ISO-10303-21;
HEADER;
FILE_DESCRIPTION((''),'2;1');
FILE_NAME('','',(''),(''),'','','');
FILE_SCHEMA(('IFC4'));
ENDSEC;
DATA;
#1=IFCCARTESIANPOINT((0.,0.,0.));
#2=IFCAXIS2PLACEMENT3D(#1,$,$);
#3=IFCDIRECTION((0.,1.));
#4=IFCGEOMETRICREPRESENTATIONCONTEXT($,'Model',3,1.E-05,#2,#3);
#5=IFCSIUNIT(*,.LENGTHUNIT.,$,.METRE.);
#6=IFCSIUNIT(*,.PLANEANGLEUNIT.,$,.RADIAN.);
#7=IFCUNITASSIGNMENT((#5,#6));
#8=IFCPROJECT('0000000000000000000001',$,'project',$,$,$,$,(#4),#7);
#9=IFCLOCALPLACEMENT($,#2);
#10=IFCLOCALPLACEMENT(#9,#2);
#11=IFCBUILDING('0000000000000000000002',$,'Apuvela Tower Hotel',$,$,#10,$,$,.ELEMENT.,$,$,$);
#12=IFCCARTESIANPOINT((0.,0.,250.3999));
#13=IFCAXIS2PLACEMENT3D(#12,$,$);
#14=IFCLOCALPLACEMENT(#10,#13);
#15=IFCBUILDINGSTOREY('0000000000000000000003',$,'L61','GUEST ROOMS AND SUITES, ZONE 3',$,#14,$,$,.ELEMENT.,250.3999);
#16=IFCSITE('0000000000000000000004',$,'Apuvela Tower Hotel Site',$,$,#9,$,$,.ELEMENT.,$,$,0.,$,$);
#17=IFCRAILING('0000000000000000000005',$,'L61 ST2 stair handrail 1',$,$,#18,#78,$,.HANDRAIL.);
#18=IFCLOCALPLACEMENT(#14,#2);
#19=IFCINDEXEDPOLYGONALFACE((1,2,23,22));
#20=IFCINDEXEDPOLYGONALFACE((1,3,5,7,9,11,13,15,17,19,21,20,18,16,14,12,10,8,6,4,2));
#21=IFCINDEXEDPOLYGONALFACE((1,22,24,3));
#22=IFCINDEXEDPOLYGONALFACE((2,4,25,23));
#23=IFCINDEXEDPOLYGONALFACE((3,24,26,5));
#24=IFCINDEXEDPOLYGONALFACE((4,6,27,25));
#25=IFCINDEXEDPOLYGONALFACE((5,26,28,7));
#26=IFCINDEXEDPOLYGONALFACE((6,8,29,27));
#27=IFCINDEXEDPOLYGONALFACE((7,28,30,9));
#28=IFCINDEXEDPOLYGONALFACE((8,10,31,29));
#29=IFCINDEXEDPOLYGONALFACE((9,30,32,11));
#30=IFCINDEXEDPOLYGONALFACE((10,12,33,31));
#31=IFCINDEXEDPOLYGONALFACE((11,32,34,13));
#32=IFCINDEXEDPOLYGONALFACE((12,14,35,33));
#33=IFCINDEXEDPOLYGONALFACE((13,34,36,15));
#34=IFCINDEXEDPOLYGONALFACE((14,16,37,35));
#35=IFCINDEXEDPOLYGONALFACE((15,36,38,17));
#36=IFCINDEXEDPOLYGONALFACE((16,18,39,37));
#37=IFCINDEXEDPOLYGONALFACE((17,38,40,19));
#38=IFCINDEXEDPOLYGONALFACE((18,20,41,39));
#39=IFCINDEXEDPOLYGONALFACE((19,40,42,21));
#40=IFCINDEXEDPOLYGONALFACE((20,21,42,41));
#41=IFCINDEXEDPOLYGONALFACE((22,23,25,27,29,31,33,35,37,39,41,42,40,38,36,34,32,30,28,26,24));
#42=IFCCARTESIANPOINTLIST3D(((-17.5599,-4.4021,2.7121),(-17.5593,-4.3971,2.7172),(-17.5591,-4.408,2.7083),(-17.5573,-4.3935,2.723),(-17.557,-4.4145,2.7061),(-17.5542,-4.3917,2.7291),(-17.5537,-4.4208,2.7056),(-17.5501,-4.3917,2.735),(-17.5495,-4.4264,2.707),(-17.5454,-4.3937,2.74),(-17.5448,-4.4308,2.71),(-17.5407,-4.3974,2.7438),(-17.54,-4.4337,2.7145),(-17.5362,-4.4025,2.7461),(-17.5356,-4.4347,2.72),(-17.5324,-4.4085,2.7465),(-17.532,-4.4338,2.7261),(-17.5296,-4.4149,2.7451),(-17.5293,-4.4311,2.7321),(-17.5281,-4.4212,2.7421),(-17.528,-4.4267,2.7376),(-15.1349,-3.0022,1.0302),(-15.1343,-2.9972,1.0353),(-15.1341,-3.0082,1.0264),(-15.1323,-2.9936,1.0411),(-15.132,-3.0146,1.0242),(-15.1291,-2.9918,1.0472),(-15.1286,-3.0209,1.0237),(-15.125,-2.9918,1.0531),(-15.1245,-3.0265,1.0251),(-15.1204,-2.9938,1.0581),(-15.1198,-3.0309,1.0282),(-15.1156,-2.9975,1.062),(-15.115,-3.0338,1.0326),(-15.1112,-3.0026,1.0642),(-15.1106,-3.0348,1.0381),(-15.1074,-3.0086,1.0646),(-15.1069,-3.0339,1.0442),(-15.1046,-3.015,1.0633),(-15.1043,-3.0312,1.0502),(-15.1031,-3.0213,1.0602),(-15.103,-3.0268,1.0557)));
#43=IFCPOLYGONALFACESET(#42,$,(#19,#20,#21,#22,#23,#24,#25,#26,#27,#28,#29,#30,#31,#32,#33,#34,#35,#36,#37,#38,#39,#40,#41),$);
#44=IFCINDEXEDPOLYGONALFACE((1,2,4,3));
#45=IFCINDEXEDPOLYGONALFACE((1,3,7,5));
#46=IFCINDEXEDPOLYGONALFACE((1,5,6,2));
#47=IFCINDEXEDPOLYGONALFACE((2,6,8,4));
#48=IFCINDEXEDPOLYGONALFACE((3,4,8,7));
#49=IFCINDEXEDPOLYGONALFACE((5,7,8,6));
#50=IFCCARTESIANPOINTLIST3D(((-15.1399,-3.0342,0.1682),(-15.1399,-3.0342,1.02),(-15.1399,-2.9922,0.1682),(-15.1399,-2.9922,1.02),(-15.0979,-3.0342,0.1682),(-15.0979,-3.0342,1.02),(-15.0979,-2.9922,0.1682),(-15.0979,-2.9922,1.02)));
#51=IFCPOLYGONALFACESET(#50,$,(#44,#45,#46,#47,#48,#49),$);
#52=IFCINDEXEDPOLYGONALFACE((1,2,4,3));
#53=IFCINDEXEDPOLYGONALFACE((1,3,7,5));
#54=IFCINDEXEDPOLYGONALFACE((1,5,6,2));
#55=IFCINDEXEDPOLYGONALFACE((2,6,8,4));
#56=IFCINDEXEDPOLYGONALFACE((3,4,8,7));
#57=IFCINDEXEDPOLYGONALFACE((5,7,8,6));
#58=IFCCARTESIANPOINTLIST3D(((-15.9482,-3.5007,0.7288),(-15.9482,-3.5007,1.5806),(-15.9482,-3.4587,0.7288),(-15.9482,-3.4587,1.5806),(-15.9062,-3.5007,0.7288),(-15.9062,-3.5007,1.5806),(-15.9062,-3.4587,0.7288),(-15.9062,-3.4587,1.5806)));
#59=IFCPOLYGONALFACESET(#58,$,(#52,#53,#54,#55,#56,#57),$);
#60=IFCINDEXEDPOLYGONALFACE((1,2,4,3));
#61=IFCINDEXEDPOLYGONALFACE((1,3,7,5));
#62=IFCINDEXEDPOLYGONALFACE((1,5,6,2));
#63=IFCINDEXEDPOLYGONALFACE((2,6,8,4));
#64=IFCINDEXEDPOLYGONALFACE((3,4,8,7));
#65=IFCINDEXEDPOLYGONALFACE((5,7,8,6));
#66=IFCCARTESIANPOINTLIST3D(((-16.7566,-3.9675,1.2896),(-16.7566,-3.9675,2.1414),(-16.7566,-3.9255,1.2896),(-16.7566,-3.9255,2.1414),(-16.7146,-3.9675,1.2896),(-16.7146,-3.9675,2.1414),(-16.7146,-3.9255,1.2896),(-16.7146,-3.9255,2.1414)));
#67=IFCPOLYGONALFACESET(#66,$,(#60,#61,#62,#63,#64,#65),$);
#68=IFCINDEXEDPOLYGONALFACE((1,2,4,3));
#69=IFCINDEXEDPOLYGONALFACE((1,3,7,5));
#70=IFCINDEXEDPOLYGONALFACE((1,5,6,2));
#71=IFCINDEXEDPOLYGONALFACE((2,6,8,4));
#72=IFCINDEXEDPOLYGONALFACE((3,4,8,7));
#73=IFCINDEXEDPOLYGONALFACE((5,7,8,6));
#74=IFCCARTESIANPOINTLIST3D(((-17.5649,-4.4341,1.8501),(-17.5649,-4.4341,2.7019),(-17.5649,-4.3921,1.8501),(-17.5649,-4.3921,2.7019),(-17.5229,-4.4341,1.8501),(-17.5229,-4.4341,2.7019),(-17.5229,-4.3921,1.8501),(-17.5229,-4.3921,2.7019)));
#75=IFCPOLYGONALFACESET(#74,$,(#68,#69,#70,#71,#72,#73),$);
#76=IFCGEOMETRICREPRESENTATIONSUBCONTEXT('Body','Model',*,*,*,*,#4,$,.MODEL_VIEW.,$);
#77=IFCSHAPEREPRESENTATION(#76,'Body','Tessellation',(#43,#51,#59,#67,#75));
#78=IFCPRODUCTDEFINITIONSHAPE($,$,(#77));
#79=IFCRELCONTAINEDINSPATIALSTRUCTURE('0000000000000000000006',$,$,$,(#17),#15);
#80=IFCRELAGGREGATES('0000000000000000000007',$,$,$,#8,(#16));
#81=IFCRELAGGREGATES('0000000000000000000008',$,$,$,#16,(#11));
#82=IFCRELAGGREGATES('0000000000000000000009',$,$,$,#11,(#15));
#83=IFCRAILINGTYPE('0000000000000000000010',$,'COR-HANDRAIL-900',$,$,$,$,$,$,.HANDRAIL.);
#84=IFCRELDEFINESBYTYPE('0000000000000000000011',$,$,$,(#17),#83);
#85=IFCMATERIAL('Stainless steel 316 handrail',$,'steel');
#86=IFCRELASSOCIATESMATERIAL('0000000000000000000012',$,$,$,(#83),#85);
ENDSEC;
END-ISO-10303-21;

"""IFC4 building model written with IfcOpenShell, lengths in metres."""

from ifc_helpers import new_model, si_unit, direction, frame, origin, origin_2d, place, context, subcontext, project, spatial, rectangle, circle, extrude, material, type_object, element, save


model = new_model("IFC4")

# Units and contexts
model_context = context("Model", 3, precision=1e-05, world=origin(), true_north=direction((0.0, 1.0)))
body_context = subcontext(model_context, "Body", "Model", "MODEL_VIEW")
ifc_project = project(units=[si_unit("LENGTHUNIT", "METRE"), si_unit("PLANEANGLEUNIT", "RADIAN")], contexts=[model_context])

# Site, building, storey
site_placement = place(None, origin())
site = spatial("IfcSite", under=ifc_project, at=site_placement, Name="Apuvela Tower Hotel Site", CompositionType="ELEMENT", RefElevation=0.0)
building_placement = place(site_placement, origin())
building = spatial("IfcBuilding", under=site, at=building_placement, Name="Apuvela Tower Hotel", CompositionType="ELEMENT")
storey_placement = place(building_placement, frame((0.0, 0.0, 250.3999)))
storey = spatial("IfcBuildingStorey", under=building, at=storey_placement, Name="L61", Description="GUEST ROOMS AND SUITES, ZONE 3", CompositionType="ELEMENT", Elevation=250.3999)

# Railing
ifc_material_1 = material(Name="Stainless steel 316 handrail", Category="steel")
railing_type_1 = type_object("IfcRailingType", Name="COR-HANDRAIL-900", PredefinedType="HANDRAIL", material=ifc_material_1)
railing_1_placement = place(storey_placement, frame((-15.1189, -3.0132, 0.1682)))
element("IfcRailing", 1, at=railing_1_placement, inside=storey, type_object=railing_type_1, Name="L61 ST2 stair handrail 1", PredefinedType="HANDRAIL", context=body_context, shape_type="SweptSolid", body=[
    extrude(circle(Radius=0.0239, at=origin_2d()), frame((0.0, 0.0, 0.876), z_axis=(-0.742424, -0.428577, 0.514906), x_axis=(0.499946, -0.866056, 0.0)), (0.0, 0.0, 1.0), 3.2664),
    extrude(rectangle(XDim=0.042, YDim=0.042, at=origin_2d()), origin(), (0.0, 0.0, 1.0), 0.8518),
    extrude(rectangle(XDim=0.042, YDim=0.042, at=origin_2d()), frame((-0.8083, -0.4666, 0.5605)), (0.0, 0.0, 1.0), 0.8518),
    extrude(rectangle(XDim=0.042, YDim=0.042, at=origin_2d()), frame((-1.6167, -0.9333, 1.1213)), (0.0, 0.0, 1.0), 0.8518),
    extrude(rectangle(XDim=0.042, YDim=0.042, at=origin_2d()), frame((-2.425, -1.3999, 1.6819)), (0.0, 0.0, 1.0), 0.8518),
])

save(model, "model.ifc")
